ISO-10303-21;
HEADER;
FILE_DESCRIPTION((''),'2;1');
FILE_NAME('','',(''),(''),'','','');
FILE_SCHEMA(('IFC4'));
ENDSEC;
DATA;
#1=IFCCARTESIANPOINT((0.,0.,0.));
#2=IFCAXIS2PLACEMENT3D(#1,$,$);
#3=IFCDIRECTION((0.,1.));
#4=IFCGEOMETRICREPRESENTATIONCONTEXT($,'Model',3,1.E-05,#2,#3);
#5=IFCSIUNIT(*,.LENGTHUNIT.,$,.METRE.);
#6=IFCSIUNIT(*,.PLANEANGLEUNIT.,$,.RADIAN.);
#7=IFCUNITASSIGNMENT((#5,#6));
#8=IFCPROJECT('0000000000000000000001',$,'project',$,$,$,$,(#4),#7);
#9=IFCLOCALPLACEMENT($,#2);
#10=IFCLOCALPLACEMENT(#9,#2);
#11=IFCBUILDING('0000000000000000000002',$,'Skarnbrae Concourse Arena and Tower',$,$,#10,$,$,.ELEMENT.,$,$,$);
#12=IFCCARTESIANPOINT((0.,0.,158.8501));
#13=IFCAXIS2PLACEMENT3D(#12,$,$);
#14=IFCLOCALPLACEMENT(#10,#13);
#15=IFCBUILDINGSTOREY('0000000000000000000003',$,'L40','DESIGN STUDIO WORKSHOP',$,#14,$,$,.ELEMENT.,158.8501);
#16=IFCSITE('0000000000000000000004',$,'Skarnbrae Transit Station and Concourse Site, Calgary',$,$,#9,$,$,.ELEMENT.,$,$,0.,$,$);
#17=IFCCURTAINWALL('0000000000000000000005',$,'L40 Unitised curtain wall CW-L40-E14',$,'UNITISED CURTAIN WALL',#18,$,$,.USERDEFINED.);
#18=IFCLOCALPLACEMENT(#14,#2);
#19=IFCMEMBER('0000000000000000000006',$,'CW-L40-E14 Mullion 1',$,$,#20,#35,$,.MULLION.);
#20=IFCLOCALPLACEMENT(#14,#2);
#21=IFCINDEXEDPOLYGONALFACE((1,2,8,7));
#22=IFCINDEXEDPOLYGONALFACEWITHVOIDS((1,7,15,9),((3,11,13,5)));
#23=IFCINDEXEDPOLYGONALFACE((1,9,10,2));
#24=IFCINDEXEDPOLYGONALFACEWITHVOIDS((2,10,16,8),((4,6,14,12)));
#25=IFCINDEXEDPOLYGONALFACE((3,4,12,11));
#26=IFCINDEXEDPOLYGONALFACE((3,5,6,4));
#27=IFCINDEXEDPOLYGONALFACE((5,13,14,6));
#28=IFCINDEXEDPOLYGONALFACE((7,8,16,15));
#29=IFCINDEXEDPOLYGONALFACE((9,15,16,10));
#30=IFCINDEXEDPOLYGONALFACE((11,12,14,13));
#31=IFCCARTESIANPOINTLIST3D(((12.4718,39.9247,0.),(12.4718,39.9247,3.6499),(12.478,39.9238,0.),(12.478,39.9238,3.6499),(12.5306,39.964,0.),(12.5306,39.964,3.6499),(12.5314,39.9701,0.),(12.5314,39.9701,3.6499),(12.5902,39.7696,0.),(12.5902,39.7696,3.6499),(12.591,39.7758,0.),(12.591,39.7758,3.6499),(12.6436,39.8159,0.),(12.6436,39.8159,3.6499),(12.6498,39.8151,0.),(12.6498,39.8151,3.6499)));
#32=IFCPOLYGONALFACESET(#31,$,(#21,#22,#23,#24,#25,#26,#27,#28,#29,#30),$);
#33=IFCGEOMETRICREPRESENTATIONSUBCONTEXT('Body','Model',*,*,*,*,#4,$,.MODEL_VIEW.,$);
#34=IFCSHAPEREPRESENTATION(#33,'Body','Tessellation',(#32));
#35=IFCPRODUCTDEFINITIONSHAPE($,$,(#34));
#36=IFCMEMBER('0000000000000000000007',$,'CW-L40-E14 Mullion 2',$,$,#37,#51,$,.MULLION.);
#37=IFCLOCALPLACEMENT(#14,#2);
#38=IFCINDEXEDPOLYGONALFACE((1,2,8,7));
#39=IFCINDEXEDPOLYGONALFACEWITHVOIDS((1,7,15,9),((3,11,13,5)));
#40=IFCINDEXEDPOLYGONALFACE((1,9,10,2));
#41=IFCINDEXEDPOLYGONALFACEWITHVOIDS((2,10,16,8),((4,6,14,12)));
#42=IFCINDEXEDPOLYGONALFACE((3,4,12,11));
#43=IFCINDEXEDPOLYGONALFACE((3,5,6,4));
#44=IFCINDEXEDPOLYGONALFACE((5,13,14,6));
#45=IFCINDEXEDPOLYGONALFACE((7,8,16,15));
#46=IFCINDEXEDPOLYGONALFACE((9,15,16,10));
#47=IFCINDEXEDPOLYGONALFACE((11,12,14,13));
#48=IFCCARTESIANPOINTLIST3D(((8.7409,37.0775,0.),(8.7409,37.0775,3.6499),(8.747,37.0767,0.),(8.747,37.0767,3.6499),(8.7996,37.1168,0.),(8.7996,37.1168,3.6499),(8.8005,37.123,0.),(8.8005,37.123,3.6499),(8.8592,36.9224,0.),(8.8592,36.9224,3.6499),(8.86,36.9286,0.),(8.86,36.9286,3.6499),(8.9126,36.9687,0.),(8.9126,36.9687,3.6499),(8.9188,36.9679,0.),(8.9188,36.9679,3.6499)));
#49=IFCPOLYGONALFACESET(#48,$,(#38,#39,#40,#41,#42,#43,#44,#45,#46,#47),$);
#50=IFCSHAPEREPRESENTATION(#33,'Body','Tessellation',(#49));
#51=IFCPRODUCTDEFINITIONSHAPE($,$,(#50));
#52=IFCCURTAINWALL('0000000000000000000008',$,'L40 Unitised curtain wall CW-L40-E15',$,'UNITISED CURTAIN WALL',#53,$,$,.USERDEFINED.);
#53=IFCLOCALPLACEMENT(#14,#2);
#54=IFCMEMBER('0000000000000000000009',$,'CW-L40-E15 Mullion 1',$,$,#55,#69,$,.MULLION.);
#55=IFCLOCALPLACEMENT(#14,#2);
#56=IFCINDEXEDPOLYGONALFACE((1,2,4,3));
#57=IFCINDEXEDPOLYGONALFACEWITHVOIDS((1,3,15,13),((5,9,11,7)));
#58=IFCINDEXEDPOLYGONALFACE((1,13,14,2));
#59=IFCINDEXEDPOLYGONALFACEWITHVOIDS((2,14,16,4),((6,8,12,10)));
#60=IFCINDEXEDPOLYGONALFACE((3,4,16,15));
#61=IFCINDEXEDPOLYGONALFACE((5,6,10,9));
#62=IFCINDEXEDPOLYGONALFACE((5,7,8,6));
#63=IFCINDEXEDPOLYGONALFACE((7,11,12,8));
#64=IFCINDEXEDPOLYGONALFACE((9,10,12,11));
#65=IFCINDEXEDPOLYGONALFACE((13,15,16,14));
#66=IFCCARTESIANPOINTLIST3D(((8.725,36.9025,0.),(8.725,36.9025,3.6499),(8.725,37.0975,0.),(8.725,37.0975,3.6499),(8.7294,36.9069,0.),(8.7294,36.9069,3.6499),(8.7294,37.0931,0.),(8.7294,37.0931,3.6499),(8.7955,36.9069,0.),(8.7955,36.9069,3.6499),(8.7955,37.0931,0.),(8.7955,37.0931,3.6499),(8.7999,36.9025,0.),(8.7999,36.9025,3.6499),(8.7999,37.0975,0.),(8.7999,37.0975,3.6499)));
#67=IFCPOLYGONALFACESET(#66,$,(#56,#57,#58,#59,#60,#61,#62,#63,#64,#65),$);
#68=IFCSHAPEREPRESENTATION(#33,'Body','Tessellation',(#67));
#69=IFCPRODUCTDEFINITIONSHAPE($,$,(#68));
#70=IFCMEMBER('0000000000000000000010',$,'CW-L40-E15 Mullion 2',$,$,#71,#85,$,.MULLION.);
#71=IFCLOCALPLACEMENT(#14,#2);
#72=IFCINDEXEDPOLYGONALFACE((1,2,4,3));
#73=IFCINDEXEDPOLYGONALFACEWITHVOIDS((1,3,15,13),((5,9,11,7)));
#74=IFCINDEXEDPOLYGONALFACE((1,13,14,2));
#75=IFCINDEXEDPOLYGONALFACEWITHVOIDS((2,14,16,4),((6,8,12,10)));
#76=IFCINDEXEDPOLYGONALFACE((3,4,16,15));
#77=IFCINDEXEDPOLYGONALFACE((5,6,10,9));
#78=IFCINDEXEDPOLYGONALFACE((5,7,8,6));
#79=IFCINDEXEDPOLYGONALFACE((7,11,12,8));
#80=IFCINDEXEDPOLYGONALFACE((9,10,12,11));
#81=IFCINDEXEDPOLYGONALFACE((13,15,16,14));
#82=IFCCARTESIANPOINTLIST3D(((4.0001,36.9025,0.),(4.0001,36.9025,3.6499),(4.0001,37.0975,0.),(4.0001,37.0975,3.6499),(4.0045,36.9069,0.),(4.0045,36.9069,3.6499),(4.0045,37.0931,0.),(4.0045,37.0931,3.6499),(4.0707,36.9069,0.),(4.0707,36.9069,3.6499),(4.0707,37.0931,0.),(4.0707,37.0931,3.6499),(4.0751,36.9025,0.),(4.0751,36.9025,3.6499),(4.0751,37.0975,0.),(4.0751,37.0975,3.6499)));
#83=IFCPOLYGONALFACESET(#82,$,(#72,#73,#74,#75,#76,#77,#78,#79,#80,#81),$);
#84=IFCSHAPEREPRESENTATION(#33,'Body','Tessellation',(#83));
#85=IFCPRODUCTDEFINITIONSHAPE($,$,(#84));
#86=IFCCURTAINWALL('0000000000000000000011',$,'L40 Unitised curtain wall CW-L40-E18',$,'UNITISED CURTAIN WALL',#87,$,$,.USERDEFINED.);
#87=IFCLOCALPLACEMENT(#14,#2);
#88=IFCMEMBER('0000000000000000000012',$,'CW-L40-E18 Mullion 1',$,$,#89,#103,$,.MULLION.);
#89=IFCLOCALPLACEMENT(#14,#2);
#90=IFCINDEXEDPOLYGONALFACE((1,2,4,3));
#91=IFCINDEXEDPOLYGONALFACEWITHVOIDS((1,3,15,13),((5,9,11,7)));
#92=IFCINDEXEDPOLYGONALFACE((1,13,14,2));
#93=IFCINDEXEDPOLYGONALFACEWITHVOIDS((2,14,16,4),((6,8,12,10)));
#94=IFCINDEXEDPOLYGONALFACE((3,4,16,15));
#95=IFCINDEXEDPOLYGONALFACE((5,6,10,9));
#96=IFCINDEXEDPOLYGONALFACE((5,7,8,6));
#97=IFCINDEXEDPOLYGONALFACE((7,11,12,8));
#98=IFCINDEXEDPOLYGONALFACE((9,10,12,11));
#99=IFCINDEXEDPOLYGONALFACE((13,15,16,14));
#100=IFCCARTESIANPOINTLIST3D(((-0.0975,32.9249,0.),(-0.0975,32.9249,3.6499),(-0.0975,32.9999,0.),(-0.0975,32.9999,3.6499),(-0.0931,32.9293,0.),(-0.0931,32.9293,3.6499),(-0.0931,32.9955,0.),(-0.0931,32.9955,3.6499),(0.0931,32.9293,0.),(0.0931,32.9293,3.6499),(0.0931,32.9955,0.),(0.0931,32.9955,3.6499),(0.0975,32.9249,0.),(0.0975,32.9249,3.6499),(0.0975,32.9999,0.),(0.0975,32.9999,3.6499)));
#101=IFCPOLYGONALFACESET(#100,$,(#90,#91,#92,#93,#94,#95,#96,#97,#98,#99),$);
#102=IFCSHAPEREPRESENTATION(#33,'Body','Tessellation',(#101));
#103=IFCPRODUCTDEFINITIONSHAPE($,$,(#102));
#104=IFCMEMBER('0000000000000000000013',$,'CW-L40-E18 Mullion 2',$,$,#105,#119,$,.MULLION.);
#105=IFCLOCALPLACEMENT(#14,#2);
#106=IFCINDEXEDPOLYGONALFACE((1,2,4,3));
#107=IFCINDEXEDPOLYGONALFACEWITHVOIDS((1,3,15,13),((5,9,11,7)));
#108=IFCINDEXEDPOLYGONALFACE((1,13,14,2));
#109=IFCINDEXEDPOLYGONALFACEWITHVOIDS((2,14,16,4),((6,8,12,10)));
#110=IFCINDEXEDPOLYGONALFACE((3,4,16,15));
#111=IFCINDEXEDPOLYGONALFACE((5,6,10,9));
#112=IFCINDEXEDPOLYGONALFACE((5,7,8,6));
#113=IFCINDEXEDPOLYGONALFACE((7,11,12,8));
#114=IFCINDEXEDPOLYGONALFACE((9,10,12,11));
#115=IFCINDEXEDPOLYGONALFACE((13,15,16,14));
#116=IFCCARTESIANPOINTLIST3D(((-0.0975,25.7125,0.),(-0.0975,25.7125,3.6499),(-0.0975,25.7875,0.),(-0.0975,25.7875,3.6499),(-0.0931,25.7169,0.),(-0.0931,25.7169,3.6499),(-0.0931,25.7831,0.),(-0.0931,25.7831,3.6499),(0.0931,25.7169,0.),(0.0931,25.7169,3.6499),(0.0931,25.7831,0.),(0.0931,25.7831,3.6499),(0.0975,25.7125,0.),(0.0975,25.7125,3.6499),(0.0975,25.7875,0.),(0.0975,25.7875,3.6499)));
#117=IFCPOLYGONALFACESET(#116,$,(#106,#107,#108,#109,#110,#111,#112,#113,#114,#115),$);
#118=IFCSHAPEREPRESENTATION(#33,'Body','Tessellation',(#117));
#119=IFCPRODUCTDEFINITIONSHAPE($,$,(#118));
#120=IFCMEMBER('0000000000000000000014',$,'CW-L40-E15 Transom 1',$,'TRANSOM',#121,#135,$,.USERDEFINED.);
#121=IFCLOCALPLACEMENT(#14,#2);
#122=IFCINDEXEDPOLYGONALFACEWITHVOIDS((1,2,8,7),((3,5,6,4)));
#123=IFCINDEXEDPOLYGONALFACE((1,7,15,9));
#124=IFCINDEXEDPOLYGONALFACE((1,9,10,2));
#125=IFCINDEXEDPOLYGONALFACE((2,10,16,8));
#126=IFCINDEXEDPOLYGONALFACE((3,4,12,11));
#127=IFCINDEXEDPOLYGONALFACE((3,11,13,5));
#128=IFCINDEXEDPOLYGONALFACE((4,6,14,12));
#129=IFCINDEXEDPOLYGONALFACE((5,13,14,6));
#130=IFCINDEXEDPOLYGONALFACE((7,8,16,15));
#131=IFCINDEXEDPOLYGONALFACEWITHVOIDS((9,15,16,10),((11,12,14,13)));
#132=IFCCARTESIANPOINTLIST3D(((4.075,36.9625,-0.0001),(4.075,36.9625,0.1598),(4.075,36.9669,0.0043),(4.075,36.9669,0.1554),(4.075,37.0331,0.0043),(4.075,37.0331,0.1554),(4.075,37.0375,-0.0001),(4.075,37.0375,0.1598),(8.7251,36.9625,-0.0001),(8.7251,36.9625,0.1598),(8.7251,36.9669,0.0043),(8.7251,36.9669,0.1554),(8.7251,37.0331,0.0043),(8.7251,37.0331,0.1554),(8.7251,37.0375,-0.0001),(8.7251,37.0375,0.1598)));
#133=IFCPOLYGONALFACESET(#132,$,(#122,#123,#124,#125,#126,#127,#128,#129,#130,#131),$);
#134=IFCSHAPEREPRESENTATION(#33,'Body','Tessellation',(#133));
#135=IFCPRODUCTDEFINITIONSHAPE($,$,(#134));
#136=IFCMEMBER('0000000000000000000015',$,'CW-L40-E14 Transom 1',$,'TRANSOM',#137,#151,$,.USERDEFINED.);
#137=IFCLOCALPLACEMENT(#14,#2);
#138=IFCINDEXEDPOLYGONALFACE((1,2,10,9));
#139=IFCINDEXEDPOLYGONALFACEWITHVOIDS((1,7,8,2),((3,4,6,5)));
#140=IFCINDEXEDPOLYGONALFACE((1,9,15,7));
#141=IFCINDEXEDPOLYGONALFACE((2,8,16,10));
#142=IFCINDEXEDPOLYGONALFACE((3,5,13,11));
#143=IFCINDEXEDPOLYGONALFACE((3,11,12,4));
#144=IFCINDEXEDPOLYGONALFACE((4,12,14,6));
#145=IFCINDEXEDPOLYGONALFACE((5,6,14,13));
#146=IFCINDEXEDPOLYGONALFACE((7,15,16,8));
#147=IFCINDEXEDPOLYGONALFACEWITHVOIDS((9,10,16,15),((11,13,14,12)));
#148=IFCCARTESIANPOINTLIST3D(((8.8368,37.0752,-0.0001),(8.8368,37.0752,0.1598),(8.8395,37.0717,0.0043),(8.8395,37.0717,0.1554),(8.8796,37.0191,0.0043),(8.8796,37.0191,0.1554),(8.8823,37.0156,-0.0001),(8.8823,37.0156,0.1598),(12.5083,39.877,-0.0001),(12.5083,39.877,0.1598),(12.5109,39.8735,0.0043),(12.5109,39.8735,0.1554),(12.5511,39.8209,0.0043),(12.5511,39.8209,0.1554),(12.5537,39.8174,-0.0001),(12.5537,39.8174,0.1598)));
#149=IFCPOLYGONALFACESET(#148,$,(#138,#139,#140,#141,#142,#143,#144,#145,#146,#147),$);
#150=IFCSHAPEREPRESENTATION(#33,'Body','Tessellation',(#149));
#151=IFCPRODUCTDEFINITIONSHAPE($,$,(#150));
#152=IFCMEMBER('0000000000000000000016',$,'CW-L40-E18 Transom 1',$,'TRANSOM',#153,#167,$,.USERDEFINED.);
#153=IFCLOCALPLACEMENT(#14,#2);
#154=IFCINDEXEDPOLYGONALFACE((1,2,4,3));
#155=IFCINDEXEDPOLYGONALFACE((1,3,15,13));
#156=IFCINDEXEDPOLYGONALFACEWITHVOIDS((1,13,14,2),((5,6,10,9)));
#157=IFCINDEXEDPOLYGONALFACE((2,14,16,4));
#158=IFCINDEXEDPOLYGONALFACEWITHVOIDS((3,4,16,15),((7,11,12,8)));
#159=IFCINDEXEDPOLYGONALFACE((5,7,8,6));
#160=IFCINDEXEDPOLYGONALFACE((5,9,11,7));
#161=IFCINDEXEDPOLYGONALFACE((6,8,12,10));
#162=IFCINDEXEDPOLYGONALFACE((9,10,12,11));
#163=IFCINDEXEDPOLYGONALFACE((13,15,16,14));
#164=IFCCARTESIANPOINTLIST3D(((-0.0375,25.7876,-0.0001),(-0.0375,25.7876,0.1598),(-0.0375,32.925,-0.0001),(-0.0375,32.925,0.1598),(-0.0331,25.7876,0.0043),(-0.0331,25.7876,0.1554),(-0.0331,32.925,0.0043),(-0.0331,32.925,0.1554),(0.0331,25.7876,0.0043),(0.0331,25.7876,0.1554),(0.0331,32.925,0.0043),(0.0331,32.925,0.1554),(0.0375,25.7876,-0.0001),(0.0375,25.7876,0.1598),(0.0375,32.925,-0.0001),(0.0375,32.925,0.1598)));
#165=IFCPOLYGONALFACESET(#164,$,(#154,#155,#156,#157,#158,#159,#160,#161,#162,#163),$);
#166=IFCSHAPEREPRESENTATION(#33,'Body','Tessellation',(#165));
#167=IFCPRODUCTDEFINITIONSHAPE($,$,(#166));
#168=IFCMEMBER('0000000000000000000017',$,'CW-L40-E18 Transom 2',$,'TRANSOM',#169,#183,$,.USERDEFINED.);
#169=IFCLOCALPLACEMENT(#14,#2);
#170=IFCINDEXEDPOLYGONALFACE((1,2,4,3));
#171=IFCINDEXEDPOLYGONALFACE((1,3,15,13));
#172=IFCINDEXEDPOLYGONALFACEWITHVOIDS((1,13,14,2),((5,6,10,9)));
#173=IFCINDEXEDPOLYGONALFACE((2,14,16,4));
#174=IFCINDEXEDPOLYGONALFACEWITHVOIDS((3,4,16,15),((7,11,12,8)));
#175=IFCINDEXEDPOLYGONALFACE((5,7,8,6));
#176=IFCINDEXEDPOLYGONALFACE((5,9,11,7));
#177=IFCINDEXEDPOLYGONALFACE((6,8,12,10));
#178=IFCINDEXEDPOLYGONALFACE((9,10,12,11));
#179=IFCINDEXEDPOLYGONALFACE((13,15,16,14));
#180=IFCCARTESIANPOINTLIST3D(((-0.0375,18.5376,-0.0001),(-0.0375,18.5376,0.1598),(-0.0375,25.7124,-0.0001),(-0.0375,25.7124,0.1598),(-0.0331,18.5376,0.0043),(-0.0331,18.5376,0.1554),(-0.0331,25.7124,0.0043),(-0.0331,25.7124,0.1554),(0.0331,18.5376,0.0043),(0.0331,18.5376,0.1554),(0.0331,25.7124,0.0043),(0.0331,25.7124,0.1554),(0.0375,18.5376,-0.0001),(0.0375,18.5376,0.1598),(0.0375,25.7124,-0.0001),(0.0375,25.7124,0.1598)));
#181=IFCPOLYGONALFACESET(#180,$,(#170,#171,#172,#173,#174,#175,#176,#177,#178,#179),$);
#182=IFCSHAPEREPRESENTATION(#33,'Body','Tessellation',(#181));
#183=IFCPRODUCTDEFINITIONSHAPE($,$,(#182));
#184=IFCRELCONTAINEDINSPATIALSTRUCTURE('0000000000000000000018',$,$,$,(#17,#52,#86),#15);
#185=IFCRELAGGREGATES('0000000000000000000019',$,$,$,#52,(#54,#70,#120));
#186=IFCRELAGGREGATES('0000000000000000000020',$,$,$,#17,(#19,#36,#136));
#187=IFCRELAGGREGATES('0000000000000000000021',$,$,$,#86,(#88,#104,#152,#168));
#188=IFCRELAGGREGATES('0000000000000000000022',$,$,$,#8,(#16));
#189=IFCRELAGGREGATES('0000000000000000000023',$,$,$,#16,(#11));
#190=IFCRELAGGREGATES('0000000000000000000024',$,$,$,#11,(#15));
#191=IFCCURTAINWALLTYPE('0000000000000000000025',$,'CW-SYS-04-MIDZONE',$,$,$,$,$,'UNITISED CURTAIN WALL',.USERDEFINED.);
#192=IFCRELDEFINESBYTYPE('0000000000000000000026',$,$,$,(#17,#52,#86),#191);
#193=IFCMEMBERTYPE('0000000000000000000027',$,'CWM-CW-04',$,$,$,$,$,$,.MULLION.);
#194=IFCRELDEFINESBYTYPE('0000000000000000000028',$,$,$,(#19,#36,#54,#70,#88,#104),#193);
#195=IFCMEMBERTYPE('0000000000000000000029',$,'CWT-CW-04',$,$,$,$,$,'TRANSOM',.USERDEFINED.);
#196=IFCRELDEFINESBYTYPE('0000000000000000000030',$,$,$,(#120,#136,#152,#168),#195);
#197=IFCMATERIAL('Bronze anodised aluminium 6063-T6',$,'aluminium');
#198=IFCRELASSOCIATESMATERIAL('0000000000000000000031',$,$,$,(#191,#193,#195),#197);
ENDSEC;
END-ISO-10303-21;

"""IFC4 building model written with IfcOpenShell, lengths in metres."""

from ifc_helpers import new_model, si_unit, direction, frame, origin, origin_2d, place, context, subcontext, project, spatial, hollow_rectangle, extrude, source, transform, mapped, material, material_profile, profile_set, type_object, element, aggregate, save


model = new_model("IFC4")

# Units and contexts
model_context = context("Model", 3, precision=1e-05, world=origin(), true_north=direction((0.0, 1.0)))
body_context = subcontext(model_context, "Body", "Model", "MODEL_VIEW")
ifc_project = project(units=[si_unit("LENGTHUNIT", "METRE"), si_unit("PLANEANGLEUNIT", "RADIAN")], contexts=[model_context])

# Site, building, storey
site_placement = place(None, origin())
site = spatial("IfcSite", under=ifc_project, at=site_placement, Name="Skarnbrae Transit Station and Concourse Site, Calgary", CompositionType="ELEMENT", RefElevation=0.0)
building_placement = place(site_placement, origin())
building = spatial("IfcBuilding", under=site, at=building_placement, Name="Skarnbrae Concourse Arena and Tower", CompositionType="ELEMENT")
storey_placement = place(building_placement, frame((0.0, 0.0, 158.8501)))
storey = spatial("IfcBuildingStorey", under=building, at=storey_placement, Name="L40", Description="DESIGN STUDIO WORKSHOP", CompositionType="ELEMENT", Elevation=158.8501)

# Shared definitions
ifc_material_1 = material(Name="Bronze anodised aluminium 6063-T6", Category="aluminium")

# Curtain walls, members
curtain_wall_type_1 = type_object("IfcCurtainWallType", Name="CW-SYS-04-MIDZONE", ElementType="UNITISED CURTAIN WALL", PredefinedType="USERDEFINED", material=ifc_material_1)
curtain_wall_1_placement = place(storey_placement, origin())
curtain_wall_1 = element("IfcCurtainWall", 1, at=curtain_wall_1_placement, inside=storey, type_object=curtain_wall_type_1, Name="L40 Unitised curtain wall CW-L40-E14", ObjectType="UNITISED CURTAIN WALL", PredefinedType="USERDEFINED")
ifc_material_profile_1 = material_profile(ifc_material_1, hollow_rectangle(XDim=0.075, YDim=0.1951, WallThickness=0.0044, at=origin_2d()), Name="ALU-MULL-75X195")
ifc_profile_set_1 = profile_set([ifc_material_profile_1], Name="Bronze anodised aluminium 6063-T6")
member_type_1 = type_object("IfcMemberType", Name="CWM-CW-04", PredefinedType="MULLION", material=ifc_profile_set_1)
shared_shape_1 = source(origin(), body_context, "Body", "SweptSolid", [
    extrude(hollow_rectangle(XDim=0.075, YDim=0.1951, WallThickness=0.0044, at=origin_2d()), origin(), (0.0, 0.0, 1.0), 3.6499),
])
member_1_placement = place(storey_placement, frame((12.5608, 39.8699, 0.0), z_axis=(0.0, 0.0, 1.0), x_axis=(-0.794956, -0.606667, 0.0)))
member_1 = element("IfcMember", 2, at=member_1_placement, type_object=member_type_1, Name="CW-L40-E14 Mullion 1", PredefinedType="MULLION", context=body_context, shape_type="MappedRepresentation", body=[
    mapped(shared_shape_1, transform((0.0, 0.0, 0.0))),
])
member_2_placement = place(storey_placement, frame((8.8298, 37.0227, 0.0), z_axis=(0.0, 0.0, 1.0), x_axis=(-0.794956, -0.606667, 0.0)))
member_2 = element("IfcMember", 3, at=member_2_placement, type_object=member_type_1, Name="CW-L40-E14 Mullion 2", PredefinedType="MULLION", context=body_context, shape_type="MappedRepresentation", body=[
    mapped(shared_shape_1, transform((0.0, 0.0, 0.0))),
])
curtain_wall_2_placement = place(storey_placement, origin())
curtain_wall_2 = element("IfcCurtainWall", 4, at=curtain_wall_2_placement, inside=storey, type_object=curtain_wall_type_1, Name="L40 Unitised curtain wall CW-L40-E15", ObjectType="UNITISED CURTAIN WALL", PredefinedType="USERDEFINED")
member_3_placement = place(storey_placement, frame((8.7625, 37.0, 0.0), z_axis=(0.0, 0.0, 1.0), x_axis=(-1.0, 0.0, 0.0)))
member_3 = element("IfcMember", 5, at=member_3_placement, type_object=member_type_1, Name="CW-L40-E15 Mullion 1", PredefinedType="MULLION", context=body_context, shape_type="MappedRepresentation", body=[
    mapped(shared_shape_1, transform((0.0, 0.0, 0.0))),
])
member_4_placement = place(storey_placement, frame((4.0376, 37.0, 0.0), z_axis=(0.0, 0.0, 1.0), x_axis=(-1.0, 0.0, 0.0)))
member_4 = element("IfcMember", 6, at=member_4_placement, type_object=member_type_1, Name="CW-L40-E15 Mullion 2", PredefinedType="MULLION", context=body_context, shape_type="MappedRepresentation", body=[
    mapped(shared_shape_1, transform((0.0, 0.0, 0.0))),
])
curtain_wall_3_placement = place(storey_placement, origin())
curtain_wall_3 = element("IfcCurtainWall", 7, at=curtain_wall_3_placement, inside=storey, type_object=curtain_wall_type_1, Name="L40 Unitised curtain wall CW-L40-E18", ObjectType="UNITISED CURTAIN WALL", PredefinedType="USERDEFINED")
member_5_placement = place(storey_placement, frame((0.0, 32.9624, 0.0), z_axis=(0.0, 0.0, 1.0), x_axis=(0.0, -1.0, 0.0)))
member_5 = element("IfcMember", 8, at=member_5_placement, type_object=member_type_1, Name="CW-L40-E18 Mullion 1", PredefinedType="MULLION", context=body_context, shape_type="MappedRepresentation", body=[
    mapped(shared_shape_1, transform((0.0, 0.0, 0.0))),
])
member_6_placement = place(storey_placement, frame((0.0, 25.75, 0.0), z_axis=(0.0, 0.0, 1.0), x_axis=(0.0, -1.0, 0.0)))
member_6 = element("IfcMember", 9, at=member_6_placement, type_object=member_type_1, Name="CW-L40-E18 Mullion 2", PredefinedType="MULLION", context=body_context, shape_type="MappedRepresentation", body=[
    mapped(shared_shape_1, transform((0.0, 0.0, 0.0))),
])

# Members
ifc_material_profile_2 = material_profile(ifc_material_1, hollow_rectangle(XDim=0.075, YDim=0.1599, WallThickness=0.0044, at=origin_2d()), Name="ALU-TRAN-75X160")
ifc_profile_set_2 = profile_set([ifc_material_profile_2], Name="Bronze anodised aluminium 6063-T6")
member_type_2 = type_object("IfcMemberType", Name="CWT-CW-04", ElementType="TRANSOM", PredefinedType="USERDEFINED", material=ifc_profile_set_2)
shared_shape_2 = source(origin(), body_context, "Body", "SweptSolid", [
    extrude(hollow_rectangle(XDim=0.075, YDim=0.1599, WallThickness=0.0044, at=origin_2d()), origin(), (0.0, 0.0, 1.0), 4.6501),
])
member_7_placement = place(storey_placement, frame((8.7251, 37.0, 0.0798), z_axis=(-1.0, 0.0, 0.0), x_axis=(0.0, -1.0, 0.0)))
member_7 = element("IfcMember", 10, at=member_7_placement, type_object=member_type_2, Name="CW-L40-E15 Transom 1", ObjectType="TRANSOM", PredefinedType="USERDEFINED", context=body_context, shape_type="MappedRepresentation", body=[
    mapped(shared_shape_2, transform((0.0, 0.0, 0.0))),
])
shared_shape_3 = source(origin(), body_context, "Body", "SweptSolid", [
    extrude(hollow_rectangle(XDim=0.075, YDim=0.1599, WallThickness=0.0044, at=origin_2d()), origin(), (0.0, 0.0, 1.0), 4.6184),
])
member_8_placement = place(storey_placement, frame((12.531, 39.8472, 0.0798), z_axis=(-0.794961, -0.606661, 0.0), x_axis=(0.606661, -0.794961, 0.0)))
member_8 = element("IfcMember", 11, at=member_8_placement, type_object=member_type_2, Name="CW-L40-E14 Transom 1", ObjectType="TRANSOM", PredefinedType="USERDEFINED", context=body_context, shape_type="MappedRepresentation", body=[
    mapped(shared_shape_3, transform((0.0, 0.0, 0.0))),
])
shared_shape_4 = source(origin(), body_context, "Body", "SweptSolid", [
    extrude(hollow_rectangle(XDim=0.075, YDim=0.1599, WallThickness=0.0044, at=origin_2d()), origin(), (0.0, 0.0, 1.0), 7.1375),
])
member_9_placement = place(storey_placement, frame((0.0, 32.925, 0.0798), z_axis=(0.0, -1.0, 0.0), x_axis=(1.0, 0.0, 0.0)))
member_9 = element("IfcMember", 12, at=member_9_placement, type_object=member_type_2, Name="CW-L40-E18 Transom 1", ObjectType="TRANSOM", PredefinedType="USERDEFINED", context=body_context, shape_type="MappedRepresentation", body=[
    mapped(shared_shape_4, transform((0.0, 0.0, 0.0))),
])
shared_shape_5 = source(origin(), body_context, "Body", "SweptSolid", [
    extrude(hollow_rectangle(XDim=0.075, YDim=0.1599, WallThickness=0.0044, at=origin_2d()), origin(), (0.0, 0.0, 1.0), 7.1748),
])
member_10_placement = place(storey_placement, frame((0.0, 25.7124, 0.0798), z_axis=(0.0, -1.0, 0.0), x_axis=(1.0, 0.0, 0.0)))
member_10 = element("IfcMember", 13, at=member_10_placement, type_object=member_type_2, Name="CW-L40-E18 Transom 2", ObjectType="TRANSOM", PredefinedType="USERDEFINED", context=body_context, shape_type="MappedRepresentation", body=[
    mapped(shared_shape_5, transform((0.0, 0.0, 0.0))),
])

aggregate(curtain_wall_2, [member_3, member_4, member_7])
aggregate(curtain_wall_1, [member_1, member_2, member_8])
aggregate(curtain_wall_3, [member_5, member_6, member_9, member_10])

save(model, "model.ifc")
